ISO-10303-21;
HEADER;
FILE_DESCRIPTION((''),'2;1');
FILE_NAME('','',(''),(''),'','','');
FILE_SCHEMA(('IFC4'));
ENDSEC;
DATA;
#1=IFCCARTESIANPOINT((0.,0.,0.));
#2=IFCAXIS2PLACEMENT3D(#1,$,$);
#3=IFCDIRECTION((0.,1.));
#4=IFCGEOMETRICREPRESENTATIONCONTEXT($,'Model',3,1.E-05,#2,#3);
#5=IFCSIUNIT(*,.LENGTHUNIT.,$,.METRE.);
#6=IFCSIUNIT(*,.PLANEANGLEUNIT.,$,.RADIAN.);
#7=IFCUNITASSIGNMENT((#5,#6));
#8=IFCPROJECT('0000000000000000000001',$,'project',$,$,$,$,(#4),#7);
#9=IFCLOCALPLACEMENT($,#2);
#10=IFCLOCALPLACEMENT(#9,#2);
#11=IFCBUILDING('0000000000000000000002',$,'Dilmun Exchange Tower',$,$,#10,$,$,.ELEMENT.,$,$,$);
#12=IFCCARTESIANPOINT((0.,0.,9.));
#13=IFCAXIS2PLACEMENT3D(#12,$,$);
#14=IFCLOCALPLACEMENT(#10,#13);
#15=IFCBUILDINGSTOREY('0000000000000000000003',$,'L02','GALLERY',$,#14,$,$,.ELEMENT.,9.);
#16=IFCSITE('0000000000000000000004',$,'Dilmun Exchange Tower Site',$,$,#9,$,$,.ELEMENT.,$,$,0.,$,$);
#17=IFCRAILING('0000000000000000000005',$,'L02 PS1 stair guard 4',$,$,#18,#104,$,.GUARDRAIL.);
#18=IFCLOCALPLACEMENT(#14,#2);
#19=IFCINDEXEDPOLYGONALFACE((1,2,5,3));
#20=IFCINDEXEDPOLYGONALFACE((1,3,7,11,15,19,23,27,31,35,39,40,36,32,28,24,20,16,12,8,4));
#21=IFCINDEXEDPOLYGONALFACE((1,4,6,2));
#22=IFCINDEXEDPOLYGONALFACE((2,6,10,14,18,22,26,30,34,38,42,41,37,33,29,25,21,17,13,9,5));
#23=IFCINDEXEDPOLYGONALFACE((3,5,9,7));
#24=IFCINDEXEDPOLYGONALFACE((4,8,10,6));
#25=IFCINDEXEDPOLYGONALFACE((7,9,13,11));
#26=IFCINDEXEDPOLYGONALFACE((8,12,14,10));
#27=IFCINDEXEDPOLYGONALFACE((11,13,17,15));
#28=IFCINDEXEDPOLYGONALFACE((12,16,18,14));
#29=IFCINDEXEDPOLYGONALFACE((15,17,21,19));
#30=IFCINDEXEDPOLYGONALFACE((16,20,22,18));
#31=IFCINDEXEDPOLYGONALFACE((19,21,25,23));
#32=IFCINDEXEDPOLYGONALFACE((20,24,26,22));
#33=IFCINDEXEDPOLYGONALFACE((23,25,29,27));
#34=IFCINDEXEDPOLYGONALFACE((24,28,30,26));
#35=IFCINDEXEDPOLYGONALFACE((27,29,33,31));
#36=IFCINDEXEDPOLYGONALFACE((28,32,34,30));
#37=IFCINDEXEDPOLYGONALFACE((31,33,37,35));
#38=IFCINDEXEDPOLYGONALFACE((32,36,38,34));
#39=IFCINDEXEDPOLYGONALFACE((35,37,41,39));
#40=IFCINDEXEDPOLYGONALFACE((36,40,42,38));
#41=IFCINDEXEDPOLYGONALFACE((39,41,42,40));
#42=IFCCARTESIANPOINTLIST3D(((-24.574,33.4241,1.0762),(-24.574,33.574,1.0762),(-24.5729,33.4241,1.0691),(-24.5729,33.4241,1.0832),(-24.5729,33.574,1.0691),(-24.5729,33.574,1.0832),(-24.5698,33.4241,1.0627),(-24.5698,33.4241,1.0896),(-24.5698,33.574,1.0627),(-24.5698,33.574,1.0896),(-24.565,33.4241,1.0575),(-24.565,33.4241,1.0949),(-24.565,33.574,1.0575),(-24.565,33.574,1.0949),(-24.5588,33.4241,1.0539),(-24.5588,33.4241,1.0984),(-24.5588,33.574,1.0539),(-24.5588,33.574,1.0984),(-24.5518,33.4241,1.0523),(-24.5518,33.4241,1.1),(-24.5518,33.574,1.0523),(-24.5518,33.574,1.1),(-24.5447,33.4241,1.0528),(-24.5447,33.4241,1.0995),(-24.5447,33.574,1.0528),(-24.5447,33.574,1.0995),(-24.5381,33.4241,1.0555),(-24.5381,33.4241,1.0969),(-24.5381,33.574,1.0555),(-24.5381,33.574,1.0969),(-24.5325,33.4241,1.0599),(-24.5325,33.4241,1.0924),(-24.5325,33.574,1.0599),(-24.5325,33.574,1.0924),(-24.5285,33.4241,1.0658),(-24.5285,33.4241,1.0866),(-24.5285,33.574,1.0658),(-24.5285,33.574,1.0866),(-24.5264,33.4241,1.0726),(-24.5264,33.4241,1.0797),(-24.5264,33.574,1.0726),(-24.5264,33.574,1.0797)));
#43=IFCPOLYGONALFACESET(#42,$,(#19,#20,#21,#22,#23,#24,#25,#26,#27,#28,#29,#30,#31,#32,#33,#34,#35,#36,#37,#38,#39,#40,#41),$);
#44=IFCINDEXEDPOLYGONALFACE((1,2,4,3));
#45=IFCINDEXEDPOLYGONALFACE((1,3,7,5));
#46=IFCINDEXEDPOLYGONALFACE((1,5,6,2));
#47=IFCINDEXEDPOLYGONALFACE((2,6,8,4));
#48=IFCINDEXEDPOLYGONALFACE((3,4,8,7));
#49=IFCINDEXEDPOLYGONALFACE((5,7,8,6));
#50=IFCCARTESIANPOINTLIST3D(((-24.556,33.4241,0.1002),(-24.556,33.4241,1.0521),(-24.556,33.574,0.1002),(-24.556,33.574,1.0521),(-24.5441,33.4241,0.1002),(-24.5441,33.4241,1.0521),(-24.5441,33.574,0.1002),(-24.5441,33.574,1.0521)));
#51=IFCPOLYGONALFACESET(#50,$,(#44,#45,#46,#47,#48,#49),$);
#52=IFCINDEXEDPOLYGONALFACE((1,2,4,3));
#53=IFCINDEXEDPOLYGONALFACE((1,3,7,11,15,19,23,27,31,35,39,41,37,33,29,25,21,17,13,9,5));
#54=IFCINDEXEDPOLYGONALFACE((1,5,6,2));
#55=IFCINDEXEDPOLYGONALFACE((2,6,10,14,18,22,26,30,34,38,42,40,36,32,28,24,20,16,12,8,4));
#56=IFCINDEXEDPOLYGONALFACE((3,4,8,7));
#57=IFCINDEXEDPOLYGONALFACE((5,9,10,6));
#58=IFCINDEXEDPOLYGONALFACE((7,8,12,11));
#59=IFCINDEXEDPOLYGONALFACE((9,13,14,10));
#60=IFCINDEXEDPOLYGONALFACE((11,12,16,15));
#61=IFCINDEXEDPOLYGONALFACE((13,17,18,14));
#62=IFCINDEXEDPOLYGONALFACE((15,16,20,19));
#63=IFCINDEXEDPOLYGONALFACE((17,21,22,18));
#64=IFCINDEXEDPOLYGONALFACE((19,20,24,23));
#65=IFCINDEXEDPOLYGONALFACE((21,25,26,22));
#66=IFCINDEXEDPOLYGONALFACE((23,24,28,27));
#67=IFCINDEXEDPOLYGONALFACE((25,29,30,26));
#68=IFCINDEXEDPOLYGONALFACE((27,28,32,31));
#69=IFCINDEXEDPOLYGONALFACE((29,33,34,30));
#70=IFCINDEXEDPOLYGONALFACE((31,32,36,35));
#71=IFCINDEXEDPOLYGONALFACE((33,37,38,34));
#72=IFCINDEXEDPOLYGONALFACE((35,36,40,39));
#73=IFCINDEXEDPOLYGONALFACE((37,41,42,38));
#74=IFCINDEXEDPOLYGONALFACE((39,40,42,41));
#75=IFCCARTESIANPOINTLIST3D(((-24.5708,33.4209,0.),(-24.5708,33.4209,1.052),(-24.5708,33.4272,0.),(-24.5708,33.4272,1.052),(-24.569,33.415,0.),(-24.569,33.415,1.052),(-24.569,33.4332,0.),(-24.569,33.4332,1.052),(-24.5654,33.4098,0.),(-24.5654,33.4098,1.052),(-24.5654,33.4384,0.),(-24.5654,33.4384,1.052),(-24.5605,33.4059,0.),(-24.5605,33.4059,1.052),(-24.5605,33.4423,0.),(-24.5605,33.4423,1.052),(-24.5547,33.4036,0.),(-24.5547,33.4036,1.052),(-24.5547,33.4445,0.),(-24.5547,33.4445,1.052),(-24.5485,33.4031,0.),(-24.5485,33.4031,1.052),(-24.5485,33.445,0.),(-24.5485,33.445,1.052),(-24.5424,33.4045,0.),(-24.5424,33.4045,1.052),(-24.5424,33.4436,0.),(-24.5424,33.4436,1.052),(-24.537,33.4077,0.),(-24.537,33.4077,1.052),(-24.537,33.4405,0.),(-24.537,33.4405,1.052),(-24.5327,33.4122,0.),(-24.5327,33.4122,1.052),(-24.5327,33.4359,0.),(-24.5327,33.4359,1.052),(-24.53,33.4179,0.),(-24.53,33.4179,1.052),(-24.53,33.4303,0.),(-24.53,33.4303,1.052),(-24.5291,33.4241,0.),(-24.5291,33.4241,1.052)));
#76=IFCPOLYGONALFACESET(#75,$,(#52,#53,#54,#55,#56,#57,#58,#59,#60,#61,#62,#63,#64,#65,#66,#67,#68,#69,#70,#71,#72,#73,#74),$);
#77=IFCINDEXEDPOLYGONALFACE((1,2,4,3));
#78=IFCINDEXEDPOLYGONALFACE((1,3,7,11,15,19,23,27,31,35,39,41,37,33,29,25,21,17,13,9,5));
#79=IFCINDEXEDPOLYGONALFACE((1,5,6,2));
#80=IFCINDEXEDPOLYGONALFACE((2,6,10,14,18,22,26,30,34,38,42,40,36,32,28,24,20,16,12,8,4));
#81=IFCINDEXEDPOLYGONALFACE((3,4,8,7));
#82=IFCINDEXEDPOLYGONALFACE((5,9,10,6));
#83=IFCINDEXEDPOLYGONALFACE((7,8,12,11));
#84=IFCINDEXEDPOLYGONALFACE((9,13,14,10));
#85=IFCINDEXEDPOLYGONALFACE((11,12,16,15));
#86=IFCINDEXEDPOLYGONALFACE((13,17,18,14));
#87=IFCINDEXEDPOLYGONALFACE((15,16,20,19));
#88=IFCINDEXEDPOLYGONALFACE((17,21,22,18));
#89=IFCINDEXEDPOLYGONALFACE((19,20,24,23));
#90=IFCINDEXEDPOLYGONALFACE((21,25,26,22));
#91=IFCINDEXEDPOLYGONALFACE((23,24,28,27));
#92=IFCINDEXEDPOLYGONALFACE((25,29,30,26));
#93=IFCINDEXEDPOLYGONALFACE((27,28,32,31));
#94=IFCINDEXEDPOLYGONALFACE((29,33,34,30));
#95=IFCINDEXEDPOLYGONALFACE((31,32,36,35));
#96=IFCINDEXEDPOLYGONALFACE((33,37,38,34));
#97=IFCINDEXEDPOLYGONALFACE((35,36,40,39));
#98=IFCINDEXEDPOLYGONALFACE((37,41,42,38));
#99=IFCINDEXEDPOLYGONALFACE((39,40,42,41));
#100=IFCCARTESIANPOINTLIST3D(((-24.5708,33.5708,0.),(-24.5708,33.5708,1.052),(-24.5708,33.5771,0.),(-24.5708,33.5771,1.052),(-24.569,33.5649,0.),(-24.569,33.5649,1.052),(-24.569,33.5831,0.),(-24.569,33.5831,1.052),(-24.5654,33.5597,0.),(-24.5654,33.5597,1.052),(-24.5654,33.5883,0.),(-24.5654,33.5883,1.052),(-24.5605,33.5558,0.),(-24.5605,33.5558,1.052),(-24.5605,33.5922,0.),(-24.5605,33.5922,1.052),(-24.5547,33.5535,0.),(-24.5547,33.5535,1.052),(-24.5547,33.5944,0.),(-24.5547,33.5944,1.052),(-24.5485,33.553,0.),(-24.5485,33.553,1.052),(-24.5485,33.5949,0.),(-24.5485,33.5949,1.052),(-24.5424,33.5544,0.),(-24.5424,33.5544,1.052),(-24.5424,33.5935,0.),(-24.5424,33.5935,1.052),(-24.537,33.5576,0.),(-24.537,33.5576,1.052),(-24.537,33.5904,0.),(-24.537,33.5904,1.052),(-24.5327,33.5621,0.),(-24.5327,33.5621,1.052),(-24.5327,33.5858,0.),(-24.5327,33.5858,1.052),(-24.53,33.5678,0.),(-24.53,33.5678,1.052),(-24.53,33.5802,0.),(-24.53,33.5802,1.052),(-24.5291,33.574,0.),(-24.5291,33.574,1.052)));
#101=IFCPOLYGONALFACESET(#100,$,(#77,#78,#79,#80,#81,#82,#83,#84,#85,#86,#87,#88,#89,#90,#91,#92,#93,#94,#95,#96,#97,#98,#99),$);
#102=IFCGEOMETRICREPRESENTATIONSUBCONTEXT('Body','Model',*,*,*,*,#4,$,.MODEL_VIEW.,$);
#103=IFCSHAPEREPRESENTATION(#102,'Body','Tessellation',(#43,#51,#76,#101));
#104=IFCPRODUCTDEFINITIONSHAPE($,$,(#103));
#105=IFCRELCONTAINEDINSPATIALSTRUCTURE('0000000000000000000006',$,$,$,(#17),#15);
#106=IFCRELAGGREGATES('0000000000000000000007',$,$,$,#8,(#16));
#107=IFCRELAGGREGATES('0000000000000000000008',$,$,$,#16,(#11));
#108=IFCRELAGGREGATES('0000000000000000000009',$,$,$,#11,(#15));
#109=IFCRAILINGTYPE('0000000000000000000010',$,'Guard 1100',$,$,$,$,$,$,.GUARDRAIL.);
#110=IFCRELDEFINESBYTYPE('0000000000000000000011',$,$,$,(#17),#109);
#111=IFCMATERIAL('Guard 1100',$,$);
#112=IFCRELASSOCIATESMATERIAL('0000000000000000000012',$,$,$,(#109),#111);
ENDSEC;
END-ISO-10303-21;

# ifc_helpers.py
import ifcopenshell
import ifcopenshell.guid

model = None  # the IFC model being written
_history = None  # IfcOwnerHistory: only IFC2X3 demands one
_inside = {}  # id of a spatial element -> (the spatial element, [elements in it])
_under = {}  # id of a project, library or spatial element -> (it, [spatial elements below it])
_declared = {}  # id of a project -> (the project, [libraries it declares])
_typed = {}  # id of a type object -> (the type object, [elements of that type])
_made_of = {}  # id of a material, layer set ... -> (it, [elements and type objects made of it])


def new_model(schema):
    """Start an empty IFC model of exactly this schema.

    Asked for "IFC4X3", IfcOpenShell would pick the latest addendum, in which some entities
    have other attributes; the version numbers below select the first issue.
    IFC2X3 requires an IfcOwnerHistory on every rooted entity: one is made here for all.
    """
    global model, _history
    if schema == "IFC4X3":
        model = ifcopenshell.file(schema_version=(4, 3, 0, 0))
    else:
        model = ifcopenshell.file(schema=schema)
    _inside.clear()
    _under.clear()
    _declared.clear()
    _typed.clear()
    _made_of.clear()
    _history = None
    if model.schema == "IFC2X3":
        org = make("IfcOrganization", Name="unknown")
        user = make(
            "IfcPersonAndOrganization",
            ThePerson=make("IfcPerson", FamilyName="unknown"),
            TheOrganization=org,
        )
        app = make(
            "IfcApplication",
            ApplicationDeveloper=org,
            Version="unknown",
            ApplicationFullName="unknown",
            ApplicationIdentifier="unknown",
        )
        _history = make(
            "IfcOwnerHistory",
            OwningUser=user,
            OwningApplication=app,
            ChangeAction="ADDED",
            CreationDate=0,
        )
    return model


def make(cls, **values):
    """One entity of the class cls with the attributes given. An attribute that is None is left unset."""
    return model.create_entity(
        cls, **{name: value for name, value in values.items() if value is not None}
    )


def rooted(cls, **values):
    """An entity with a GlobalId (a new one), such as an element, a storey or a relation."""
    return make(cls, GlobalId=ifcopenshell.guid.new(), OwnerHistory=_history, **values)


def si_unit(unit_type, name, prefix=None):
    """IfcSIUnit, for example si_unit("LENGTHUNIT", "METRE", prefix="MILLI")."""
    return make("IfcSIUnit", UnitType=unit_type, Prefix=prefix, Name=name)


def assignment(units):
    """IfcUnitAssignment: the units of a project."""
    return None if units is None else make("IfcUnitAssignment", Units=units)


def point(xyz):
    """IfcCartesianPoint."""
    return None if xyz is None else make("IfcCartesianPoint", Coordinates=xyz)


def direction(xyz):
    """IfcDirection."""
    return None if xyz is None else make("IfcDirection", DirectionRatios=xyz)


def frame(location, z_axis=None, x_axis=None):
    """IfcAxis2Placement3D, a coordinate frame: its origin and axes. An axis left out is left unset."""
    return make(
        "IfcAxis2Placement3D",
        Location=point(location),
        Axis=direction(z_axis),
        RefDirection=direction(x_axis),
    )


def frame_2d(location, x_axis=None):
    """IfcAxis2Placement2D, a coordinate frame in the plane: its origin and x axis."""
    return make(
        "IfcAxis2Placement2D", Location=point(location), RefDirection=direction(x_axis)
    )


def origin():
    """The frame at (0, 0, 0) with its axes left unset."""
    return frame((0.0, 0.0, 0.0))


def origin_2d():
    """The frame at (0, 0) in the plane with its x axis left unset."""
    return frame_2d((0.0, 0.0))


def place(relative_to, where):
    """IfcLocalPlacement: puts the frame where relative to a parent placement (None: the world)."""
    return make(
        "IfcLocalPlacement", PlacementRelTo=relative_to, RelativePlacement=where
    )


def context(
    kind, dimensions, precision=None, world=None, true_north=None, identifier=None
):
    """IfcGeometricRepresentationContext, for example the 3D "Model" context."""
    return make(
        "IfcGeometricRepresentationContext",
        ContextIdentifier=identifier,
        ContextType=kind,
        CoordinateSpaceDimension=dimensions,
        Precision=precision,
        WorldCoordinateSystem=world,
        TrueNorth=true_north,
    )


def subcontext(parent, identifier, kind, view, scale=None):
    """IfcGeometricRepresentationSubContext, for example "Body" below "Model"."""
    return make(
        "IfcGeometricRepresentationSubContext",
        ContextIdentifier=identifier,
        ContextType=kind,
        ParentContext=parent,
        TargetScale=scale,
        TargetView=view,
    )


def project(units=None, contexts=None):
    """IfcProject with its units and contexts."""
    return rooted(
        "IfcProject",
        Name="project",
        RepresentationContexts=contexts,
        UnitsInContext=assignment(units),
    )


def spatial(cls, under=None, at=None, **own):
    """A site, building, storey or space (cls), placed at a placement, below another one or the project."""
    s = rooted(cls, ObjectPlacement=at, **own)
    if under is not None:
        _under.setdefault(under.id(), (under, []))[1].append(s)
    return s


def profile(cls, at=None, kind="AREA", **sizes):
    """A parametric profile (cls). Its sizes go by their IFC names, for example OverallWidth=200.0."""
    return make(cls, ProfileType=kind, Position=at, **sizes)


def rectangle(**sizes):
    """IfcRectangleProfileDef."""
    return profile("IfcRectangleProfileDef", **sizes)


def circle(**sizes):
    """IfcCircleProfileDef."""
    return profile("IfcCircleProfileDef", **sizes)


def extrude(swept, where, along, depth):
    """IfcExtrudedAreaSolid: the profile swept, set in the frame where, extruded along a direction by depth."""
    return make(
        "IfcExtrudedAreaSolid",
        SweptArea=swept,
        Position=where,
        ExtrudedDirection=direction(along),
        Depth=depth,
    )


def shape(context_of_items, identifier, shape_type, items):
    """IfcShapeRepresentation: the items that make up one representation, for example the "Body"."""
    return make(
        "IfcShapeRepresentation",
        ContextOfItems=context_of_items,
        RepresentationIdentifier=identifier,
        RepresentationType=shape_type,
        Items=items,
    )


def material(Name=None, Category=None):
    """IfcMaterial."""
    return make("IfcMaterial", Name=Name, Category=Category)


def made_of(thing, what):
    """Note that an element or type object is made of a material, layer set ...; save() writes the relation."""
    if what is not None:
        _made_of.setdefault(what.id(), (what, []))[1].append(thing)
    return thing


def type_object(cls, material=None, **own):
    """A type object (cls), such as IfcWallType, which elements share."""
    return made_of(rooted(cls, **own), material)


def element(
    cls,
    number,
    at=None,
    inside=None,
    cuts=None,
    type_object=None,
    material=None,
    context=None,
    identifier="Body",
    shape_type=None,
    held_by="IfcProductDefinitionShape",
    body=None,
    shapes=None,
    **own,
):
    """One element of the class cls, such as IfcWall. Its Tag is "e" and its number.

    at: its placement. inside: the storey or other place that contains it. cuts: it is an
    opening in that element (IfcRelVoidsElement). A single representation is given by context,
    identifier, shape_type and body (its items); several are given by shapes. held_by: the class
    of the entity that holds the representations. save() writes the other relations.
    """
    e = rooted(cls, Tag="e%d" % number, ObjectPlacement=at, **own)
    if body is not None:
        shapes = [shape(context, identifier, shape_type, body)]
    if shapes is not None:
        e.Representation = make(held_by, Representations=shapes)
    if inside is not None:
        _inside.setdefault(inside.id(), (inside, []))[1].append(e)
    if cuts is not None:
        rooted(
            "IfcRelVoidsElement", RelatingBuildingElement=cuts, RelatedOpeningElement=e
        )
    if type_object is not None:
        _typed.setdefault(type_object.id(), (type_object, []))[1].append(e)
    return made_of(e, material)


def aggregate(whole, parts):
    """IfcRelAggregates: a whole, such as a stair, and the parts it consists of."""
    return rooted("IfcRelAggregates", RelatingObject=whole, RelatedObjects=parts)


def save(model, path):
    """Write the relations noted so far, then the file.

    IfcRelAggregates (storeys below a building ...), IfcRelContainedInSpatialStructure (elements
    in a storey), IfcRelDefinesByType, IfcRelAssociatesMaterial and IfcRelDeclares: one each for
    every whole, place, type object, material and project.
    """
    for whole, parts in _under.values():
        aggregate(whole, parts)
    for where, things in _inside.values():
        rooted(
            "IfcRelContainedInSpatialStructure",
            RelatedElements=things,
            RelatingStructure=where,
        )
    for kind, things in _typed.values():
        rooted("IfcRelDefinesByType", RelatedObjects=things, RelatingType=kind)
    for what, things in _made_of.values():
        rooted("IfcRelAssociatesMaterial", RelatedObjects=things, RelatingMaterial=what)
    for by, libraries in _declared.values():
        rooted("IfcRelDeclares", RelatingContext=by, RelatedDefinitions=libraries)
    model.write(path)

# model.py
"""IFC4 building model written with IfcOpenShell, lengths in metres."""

from ifc_helpers import new_model, si_unit, direction, frame, origin, origin_2d, place, context, subcontext, project, spatial, rectangle, circle, extrude, material, type_object, element, save


model = new_model("IFC4")

# Units and contexts
model_context = context("Model", 3, precision=1e-05, world=origin(), true_north=direction((0.0, 1.0)))
body_context = subcontext(model_context, "Body", "Model", "MODEL_VIEW")
ifc_project = project(units=[si_unit("LENGTHUNIT", "METRE"), si_unit("PLANEANGLEUNIT", "RADIAN")], contexts=[model_context])

# Site, building, storey
site_placement = place(None, origin())
site = spatial("IfcSite", under=ifc_project, at=site_placement, Name="Dilmun Exchange Tower Site", CompositionType="ELEMENT", RefElevation=0.0)
building_placement = place(site_placement, origin())
building = spatial("IfcBuilding", under=site, at=building_placement, Name="Dilmun Exchange Tower", CompositionType="ELEMENT")
storey_placement = place(building_placement, frame((0.0, 0.0, 9.0)))
storey = spatial("IfcBuildingStorey", under=building, at=storey_placement, Name="L02", Description="GALLERY", CompositionType="ELEMENT", Elevation=9.0)

# Railing
ifc_material_1 = material(Name="Guard 1100")
railing_type_1 = type_object("IfcRailingType", Name="Guard 1100", PredefinedType="GUARDRAIL", material=ifc_material_1)
railing_1_placement = place(storey_placement, frame((-24.55, 33.4241, 0.0)))
element("IfcRailing", 1, at=railing_1_placement, inside=storey, type_object=railing_type_1, Name="L02 PS1 stair guard 4", PredefinedType="GUARDRAIL", context=body_context, shape_type="SweptSolid", body=[
    extrude(circle(Radius=0.0239, at=origin_2d()), frame((0.0, 0.0, 1.0762), z_axis=(0.0, 1.0, 0.0), x_axis=(-1.0, 0.0, 0.0)), (0.0, 0.0, 1.0), 0.1499),
    extrude(rectangle(XDim=0.012, YDim=0.9519, at=origin_2d()), frame((0.0, 0.0, 0.5762), z_axis=(0.0, 1.0, 0.0), x_axis=(-1.0, 0.0, 0.0)), (0.0, 0.0, 1.0), 0.1499),
    extrude(circle(Radius=0.021, at=origin_2d()), origin(), (0.0, 0.0, 1.0), 1.052),
    extrude(circle(Radius=0.021, at=origin_2d()), frame((0.0, 0.1499, 0.0)), (0.0, 0.0, 1.0), 1.052),
])

save(model, "model.ifc")
